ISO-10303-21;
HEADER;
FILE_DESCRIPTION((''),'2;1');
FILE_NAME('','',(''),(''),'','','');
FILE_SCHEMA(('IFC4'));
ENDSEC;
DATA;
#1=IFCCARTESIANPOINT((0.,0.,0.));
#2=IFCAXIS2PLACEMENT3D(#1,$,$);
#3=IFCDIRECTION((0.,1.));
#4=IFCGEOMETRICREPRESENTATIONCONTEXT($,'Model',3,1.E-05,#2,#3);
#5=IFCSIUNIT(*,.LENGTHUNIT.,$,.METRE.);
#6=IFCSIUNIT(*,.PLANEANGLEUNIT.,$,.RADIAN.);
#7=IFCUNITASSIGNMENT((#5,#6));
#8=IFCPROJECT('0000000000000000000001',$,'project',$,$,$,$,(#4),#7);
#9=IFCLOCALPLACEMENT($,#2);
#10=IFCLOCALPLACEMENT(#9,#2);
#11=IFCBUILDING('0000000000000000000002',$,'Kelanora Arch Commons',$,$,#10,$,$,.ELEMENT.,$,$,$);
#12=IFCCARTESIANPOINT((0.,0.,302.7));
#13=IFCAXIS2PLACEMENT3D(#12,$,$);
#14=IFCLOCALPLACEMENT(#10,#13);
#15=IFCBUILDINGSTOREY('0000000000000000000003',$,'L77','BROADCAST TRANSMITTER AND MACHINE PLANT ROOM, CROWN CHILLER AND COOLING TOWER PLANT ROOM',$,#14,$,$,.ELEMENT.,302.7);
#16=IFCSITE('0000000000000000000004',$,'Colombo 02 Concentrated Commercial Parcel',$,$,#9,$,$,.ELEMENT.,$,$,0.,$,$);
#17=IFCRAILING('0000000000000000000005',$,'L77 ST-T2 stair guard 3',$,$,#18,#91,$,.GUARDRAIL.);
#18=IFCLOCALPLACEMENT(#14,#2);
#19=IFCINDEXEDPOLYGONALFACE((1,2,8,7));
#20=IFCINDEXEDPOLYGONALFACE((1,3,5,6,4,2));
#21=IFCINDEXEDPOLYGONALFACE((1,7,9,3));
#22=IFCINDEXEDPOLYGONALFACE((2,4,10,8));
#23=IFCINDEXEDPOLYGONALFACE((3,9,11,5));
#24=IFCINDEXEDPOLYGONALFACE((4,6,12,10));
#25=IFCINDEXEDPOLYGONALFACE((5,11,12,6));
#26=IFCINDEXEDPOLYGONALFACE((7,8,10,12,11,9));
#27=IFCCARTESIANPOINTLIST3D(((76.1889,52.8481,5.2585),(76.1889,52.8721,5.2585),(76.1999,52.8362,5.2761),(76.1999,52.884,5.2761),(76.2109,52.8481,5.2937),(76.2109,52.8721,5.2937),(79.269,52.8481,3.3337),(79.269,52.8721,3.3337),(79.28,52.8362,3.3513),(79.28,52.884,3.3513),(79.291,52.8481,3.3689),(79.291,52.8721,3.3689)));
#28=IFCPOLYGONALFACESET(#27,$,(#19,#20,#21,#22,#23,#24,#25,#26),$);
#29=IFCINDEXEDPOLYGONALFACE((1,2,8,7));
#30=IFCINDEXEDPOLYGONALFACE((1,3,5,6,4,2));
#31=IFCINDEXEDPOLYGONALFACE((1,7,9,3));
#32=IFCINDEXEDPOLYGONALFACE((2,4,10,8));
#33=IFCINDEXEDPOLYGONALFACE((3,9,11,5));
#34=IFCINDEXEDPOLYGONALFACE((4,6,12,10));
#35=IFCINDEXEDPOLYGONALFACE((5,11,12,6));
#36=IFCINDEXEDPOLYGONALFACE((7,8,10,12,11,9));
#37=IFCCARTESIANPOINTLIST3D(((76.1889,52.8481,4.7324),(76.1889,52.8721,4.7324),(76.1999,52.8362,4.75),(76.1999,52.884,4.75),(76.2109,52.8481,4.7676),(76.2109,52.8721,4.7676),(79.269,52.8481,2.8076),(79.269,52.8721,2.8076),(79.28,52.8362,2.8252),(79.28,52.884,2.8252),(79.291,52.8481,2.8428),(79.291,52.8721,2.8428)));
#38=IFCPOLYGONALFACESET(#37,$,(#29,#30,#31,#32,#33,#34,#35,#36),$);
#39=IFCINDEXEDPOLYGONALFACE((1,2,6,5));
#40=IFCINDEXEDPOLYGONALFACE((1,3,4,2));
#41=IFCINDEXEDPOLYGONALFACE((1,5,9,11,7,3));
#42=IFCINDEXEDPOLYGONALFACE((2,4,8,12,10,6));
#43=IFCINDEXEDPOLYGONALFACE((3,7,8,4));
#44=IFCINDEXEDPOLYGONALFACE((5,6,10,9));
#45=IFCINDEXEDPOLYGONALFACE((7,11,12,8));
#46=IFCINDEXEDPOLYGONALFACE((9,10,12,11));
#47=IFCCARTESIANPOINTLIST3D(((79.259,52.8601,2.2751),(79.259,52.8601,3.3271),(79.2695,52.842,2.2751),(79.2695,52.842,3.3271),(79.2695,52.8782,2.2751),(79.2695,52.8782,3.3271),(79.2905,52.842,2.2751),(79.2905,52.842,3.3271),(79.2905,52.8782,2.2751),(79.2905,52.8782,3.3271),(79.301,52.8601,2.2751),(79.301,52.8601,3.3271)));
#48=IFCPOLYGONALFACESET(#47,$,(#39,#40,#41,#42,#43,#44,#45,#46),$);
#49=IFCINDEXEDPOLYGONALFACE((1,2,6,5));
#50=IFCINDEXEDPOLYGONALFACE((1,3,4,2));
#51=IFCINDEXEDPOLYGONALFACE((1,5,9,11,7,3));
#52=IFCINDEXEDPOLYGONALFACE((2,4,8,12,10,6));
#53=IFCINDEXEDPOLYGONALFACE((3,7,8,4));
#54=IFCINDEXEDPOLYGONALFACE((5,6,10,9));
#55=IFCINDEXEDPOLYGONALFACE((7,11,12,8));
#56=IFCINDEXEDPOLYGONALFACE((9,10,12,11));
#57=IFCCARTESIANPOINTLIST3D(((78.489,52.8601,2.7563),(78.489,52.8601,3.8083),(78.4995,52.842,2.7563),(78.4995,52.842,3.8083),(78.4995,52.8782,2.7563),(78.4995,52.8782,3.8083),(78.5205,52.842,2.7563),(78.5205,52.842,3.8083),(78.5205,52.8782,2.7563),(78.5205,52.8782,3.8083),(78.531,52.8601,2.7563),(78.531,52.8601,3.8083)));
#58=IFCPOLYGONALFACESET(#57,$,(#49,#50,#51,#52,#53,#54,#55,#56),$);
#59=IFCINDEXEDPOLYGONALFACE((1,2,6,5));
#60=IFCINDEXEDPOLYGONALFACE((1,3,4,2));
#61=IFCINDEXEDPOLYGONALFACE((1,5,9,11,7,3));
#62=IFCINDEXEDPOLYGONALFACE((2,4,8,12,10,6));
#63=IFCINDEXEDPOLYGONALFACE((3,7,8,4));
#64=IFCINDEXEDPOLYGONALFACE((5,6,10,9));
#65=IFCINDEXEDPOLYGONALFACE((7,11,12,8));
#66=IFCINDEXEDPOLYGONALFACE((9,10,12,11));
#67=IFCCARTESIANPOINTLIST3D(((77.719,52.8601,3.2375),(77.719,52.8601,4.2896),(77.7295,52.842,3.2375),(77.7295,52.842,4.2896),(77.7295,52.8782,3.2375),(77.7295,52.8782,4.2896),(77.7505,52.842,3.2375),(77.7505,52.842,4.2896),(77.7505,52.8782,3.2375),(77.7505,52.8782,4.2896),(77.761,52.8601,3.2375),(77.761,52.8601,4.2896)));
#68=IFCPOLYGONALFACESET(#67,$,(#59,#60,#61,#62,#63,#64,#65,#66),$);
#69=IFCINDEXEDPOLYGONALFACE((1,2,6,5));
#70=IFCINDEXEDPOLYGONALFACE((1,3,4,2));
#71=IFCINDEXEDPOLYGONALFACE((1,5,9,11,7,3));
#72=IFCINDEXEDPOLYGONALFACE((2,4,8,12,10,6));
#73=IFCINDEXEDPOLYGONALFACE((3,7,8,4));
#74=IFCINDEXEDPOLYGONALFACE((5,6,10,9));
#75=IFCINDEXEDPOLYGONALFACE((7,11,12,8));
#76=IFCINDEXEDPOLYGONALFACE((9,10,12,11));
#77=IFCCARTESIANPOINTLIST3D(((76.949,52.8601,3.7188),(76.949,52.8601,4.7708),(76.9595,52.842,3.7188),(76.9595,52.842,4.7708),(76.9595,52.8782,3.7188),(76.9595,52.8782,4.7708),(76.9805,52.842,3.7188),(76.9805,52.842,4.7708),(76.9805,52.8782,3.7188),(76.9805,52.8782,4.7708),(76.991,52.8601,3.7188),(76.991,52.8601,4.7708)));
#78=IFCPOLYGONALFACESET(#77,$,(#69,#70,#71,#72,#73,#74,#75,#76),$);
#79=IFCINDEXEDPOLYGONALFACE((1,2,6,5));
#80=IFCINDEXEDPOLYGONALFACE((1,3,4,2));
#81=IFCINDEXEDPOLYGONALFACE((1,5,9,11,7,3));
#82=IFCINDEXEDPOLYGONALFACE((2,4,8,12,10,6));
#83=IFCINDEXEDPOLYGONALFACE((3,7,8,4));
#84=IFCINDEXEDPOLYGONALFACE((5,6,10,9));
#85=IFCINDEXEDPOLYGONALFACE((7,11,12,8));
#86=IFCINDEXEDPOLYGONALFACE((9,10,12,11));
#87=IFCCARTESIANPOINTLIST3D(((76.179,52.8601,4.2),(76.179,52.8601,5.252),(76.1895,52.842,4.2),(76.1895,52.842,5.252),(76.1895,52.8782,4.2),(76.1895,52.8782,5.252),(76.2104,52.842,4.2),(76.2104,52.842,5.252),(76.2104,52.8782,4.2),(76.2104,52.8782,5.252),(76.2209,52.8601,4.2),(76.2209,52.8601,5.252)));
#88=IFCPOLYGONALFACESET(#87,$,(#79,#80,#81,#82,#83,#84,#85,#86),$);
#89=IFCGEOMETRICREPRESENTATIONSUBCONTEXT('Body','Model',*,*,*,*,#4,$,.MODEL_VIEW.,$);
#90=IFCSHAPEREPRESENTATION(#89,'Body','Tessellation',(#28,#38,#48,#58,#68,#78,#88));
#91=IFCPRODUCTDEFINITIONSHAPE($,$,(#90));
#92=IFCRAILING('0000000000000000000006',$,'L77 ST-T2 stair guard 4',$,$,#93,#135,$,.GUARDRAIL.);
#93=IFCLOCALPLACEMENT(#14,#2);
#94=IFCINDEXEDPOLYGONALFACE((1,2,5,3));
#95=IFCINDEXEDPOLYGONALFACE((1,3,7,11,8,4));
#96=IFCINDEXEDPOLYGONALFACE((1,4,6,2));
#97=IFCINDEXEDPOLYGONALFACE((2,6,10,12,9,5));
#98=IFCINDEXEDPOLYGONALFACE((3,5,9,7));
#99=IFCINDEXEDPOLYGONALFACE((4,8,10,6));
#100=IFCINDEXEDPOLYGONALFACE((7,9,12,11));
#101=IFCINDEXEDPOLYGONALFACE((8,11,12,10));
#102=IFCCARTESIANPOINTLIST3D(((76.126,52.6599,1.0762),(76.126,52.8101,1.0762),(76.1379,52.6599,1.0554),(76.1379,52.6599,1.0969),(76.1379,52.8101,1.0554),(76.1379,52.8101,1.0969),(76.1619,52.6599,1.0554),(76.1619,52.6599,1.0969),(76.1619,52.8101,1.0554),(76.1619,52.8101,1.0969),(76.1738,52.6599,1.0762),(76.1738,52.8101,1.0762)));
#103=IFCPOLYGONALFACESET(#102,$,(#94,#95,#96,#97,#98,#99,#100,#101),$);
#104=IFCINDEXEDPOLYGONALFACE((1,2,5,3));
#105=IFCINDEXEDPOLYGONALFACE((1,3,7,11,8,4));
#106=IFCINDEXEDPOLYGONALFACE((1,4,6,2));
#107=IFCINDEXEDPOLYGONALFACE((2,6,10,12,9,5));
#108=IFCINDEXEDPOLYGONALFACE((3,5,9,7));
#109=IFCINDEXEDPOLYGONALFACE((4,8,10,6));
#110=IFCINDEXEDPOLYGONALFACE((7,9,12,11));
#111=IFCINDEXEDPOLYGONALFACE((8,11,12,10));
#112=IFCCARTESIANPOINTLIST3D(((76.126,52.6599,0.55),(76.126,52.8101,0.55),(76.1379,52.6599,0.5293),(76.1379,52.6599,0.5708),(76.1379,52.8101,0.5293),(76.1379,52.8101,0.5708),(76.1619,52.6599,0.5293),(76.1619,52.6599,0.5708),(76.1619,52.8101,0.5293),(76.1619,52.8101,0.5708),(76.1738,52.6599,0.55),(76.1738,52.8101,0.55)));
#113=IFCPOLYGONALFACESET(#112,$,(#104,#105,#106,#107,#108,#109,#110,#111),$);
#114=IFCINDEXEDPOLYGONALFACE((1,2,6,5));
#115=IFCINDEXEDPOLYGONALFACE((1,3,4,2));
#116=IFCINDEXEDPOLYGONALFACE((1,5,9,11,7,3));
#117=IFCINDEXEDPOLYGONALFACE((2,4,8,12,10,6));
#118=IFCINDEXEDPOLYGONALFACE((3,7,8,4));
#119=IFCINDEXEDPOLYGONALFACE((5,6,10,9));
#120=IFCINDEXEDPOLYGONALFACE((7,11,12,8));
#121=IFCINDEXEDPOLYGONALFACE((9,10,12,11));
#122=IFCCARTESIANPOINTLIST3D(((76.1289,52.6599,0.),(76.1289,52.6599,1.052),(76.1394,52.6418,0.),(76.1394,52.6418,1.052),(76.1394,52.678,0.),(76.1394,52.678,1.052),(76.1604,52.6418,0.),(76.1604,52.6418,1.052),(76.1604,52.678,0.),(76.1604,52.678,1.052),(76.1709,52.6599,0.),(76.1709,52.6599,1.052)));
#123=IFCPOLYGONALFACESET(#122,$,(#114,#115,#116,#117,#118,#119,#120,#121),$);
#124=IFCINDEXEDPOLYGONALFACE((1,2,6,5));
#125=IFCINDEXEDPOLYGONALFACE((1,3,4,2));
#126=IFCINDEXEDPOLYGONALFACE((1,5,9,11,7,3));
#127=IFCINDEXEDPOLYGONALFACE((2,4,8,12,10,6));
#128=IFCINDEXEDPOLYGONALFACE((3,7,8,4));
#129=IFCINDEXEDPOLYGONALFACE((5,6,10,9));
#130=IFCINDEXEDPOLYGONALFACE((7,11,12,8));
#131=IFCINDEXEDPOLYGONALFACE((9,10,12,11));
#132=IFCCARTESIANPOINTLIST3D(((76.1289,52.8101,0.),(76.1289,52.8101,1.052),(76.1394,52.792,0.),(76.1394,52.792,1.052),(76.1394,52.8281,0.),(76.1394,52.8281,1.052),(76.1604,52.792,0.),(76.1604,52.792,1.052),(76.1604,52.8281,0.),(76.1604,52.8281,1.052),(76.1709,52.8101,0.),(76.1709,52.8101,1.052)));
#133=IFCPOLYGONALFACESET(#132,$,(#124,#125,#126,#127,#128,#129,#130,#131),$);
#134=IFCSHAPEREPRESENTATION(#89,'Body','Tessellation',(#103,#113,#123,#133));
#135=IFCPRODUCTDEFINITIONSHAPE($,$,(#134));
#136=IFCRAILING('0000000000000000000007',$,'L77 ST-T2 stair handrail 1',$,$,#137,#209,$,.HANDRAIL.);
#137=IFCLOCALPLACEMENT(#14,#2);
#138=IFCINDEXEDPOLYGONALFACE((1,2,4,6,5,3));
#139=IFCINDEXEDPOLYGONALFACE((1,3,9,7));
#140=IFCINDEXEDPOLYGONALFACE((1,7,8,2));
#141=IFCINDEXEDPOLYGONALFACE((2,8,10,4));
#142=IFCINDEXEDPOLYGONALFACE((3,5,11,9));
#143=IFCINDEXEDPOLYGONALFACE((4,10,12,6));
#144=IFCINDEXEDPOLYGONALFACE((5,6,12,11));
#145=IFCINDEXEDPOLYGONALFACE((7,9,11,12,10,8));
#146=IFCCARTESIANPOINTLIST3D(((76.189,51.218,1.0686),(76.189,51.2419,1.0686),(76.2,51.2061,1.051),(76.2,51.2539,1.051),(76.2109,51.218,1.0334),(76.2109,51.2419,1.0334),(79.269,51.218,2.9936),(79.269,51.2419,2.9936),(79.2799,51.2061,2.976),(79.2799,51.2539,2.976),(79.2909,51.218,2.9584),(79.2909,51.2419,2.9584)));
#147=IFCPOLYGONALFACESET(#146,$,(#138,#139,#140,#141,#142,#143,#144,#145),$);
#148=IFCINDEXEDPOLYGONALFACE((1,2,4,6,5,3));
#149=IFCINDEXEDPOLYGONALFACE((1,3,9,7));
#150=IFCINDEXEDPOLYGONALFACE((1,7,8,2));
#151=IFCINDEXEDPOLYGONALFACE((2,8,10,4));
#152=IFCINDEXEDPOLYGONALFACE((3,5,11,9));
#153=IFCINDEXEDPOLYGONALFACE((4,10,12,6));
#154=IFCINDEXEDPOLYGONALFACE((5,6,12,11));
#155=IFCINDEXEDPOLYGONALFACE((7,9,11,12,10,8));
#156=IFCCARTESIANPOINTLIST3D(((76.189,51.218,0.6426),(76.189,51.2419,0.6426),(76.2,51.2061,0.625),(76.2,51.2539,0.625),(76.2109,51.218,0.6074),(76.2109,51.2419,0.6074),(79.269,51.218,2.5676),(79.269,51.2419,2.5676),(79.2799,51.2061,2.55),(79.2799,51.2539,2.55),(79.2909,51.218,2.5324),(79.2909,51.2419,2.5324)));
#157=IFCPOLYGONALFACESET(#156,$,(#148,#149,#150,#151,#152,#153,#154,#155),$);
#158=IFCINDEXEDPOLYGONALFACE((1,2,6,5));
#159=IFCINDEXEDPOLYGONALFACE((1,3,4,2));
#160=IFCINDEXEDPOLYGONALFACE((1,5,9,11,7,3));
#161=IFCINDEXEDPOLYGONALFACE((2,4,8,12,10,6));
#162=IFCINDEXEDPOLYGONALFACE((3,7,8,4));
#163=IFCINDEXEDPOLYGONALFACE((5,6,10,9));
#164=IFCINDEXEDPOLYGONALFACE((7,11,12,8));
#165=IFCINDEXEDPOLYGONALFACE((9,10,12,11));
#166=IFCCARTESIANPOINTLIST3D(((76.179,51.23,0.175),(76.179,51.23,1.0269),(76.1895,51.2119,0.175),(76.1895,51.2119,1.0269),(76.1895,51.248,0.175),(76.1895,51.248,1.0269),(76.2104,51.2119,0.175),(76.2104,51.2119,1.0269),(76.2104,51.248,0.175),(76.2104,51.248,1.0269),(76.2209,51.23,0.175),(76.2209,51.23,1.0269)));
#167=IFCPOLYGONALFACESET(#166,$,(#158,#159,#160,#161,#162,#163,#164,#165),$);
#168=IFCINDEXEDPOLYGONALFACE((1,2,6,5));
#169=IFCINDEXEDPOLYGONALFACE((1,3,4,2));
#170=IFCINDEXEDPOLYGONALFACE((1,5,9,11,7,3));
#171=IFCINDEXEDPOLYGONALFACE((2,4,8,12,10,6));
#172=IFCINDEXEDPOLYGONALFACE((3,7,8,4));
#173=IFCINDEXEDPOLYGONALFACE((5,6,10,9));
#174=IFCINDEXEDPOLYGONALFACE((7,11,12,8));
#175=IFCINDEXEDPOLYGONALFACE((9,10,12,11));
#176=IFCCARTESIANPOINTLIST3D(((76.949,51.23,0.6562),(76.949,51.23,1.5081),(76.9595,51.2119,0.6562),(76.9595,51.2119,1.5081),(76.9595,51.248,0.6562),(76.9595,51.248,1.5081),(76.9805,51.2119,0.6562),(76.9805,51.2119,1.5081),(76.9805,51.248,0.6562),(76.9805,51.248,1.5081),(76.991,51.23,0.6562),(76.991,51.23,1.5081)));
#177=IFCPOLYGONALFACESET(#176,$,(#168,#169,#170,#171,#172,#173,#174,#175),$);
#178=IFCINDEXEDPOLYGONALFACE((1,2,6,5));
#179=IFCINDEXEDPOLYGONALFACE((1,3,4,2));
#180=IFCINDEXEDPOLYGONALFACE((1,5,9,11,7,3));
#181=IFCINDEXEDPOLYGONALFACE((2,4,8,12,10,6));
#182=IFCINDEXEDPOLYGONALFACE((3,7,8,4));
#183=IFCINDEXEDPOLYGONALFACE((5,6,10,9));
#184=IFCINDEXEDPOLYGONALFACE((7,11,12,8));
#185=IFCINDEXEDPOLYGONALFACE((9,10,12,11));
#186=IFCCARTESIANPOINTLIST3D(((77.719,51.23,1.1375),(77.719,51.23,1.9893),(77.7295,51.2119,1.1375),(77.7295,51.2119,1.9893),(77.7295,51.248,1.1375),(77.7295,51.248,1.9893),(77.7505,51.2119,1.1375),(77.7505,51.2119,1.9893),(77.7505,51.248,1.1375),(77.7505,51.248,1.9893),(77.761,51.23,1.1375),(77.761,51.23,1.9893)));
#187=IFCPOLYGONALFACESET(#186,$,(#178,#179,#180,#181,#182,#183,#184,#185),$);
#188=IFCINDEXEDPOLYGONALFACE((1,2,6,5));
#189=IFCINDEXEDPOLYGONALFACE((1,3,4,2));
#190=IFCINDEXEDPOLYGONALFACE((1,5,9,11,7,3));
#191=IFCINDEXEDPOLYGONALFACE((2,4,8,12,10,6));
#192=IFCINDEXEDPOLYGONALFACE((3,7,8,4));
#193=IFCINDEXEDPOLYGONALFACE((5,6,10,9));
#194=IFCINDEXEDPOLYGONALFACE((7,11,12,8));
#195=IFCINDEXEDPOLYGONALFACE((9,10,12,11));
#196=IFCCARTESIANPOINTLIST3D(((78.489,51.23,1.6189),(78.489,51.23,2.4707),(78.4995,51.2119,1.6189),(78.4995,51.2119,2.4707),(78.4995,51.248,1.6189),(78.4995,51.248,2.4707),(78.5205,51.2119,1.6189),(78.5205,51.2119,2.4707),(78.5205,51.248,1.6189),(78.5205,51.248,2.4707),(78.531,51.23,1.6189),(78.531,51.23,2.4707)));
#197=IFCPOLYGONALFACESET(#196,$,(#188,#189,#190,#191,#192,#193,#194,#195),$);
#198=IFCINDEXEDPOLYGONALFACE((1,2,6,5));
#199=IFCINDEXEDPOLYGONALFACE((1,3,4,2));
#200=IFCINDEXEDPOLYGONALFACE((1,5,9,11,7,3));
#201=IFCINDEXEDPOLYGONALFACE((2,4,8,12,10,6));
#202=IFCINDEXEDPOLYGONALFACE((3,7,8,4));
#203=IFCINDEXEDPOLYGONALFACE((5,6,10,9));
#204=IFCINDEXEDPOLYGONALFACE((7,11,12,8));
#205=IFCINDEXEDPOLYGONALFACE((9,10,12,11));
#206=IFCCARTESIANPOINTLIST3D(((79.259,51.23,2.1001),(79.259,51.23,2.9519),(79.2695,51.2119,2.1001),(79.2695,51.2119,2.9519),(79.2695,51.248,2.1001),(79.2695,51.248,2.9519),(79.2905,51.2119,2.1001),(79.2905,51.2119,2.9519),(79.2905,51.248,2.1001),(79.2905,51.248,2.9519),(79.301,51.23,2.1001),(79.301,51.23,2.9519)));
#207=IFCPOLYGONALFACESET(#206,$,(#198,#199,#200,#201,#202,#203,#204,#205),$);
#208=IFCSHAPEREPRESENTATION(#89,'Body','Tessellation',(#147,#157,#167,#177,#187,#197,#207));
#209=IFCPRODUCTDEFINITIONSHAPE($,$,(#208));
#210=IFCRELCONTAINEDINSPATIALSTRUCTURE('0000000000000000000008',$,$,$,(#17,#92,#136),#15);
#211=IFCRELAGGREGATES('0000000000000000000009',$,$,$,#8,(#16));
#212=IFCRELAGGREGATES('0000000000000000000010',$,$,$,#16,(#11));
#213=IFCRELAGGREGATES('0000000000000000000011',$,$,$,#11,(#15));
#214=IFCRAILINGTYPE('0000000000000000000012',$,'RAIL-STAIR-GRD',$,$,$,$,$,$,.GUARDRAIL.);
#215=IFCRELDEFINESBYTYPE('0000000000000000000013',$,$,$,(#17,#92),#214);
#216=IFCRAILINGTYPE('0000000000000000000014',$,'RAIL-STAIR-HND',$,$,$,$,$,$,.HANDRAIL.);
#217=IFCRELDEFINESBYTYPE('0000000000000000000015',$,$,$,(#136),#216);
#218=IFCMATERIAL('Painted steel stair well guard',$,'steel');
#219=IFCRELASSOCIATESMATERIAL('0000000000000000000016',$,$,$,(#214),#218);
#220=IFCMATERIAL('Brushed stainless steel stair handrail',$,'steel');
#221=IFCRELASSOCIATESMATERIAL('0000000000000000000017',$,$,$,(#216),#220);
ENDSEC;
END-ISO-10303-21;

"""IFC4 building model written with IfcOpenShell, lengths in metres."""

from ifc_helpers import new_model, si_unit, direction, frame, origin, place, context, subcontext, project, spatial, polyline, outline, extrude, material, type_object, element, save


model = new_model("IFC4")

# Units and contexts
model_context = context("Model", 3, precision=1e-05, world=origin(), true_north=direction((0.0, 1.0)))
body_context = subcontext(model_context, "Body", "Model", "MODEL_VIEW")
ifc_project = project(units=[si_unit("LENGTHUNIT", "METRE"), si_unit("PLANEANGLEUNIT", "RADIAN")], contexts=[model_context])

# Site, building, storey
site_placement = place(None, origin())
site = spatial("IfcSite", under=ifc_project, at=site_placement, Name="Colombo 02 Concentrated Commercial Parcel", CompositionType="ELEMENT", RefElevation=0.0)
building_placement = place(site_placement, origin())
building = spatial("IfcBuilding", under=site, at=building_placement, Name="Kelanora Arch Commons", CompositionType="ELEMENT")
storey_placement = place(building_placement, frame((0.0, 0.0, 302.7)))
storey = spatial("IfcBuildingStorey", under=building, at=storey_placement, Name="L77", Description="BROADCAST TRANSMITTER AND MACHINE PLANT ROOM, CROWN CHILLER AND COOLING TOWER PLANT ROOM", CompositionType="ELEMENT", Elevation=302.7)

# Railings
ifc_material_1 = material(Name="Painted steel stair well guard", Category="steel")
railing_type_1 = type_object("IfcRailingType", Name="RAIL-STAIR-GRD", PredefinedType="GUARDRAIL", material=ifc_material_1)
railing_1_placement = place(storey_placement, frame((79.28, 52.8601, 2.2751)))
element("IfcRailing", 1, at=railing_1_placement, inside=storey, type_object=railing_type_1, Name="L77 ST-T2 stair guard 3", PredefinedType="GUARDRAIL", context=body_context, shape_type="SweptSolid", body=[
    extrude(outline(polyline([(0.0239, 0.0), (0.012, 0.0208), (-0.012, 0.0208), (-0.0239, 0.0), (-0.012, -0.0208), (0.012, -0.0208), (0.0239, 0.0)])), frame((0.0, 0.0, 1.0762), z_axis=(-0.848029, 0.0, 0.529951), x_axis=(0.0, -1.0, 0.0)), (0.0, 0.0, 1.0), 3.6321),
    extrude(outline(polyline([(0.0239, 0.0), (0.012, 0.0208), (-0.012, 0.0208), (-0.0239, 0.0), (-0.012, -0.0208), (0.012, -0.0208), (0.0239, 0.0)])), frame((0.0, 0.0, 0.55), z_axis=(-0.848029, 0.0, 0.529951), x_axis=(0.0, -1.0, 0.0)), (0.0, 0.0, 1.0), 3.6321),
    extrude(outline(polyline([(0.021, 0.0), (0.0105, 0.0181), (-0.0105, 0.0181), (-0.021, 0.0), (-0.0105, -0.0181), (0.0105, -0.0181), (0.021, 0.0)])), origin(), (0.0, 0.0, 1.0), 1.052),
    extrude(outline(polyline([(0.021, 0.0), (0.0105, 0.0181), (-0.0105, 0.0181), (-0.021, 0.0), (-0.0105, -0.0181), (0.0105, -0.0181), (0.021, 0.0)])), frame((-0.77, 0.0, 0.4812)), (0.0, 0.0, 1.0), 1.052),
    extrude(outline(polyline([(0.021, 0.0), (0.0105, 0.0181), (-0.0105, 0.0181), (-0.021, 0.0), (-0.0105, -0.0181), (0.0105, -0.0181), (0.021, 0.0)])), frame((-1.54, 0.0, 0.9624)), (0.0, 0.0, 1.0), 1.052),
    extrude(outline(polyline([(0.021, 0.0), (0.0105, 0.0181), (-0.0105, 0.0181), (-0.021, 0.0), (-0.0105, -0.0181), (0.0105, -0.0181), (0.021, 0.0)])), frame((-2.3101, 0.0, 1.4436)), (0.0, 0.0, 1.0), 1.052),
    extrude(outline(polyline([(0.021, 0.0), (0.0105, 0.0181), (-0.0105, 0.0181), (-0.021, 0.0), (-0.0105, -0.0181), (0.0105, -0.0181), (0.021, 0.0)])), frame((-3.0801, 0.0, 1.9248)), (0.0, 0.0, 1.0), 1.052),
])
railing_2_placement = place(storey_placement, frame((76.1499, 52.6599, 0.0)))
element("IfcRailing", 2, at=railing_2_placement, inside=storey, type_object=railing_type_1, Name="L77 ST-T2 stair guard 4", PredefinedType="GUARDRAIL", context=body_context, shape_type="SweptSolid", body=[
    extrude(outline(polyline([(0.0239, 0.0), (0.012, 0.0208), (-0.012, 0.0208), (-0.0239, 0.0), (-0.012, -0.0208), (0.012, -0.0208), (0.0239, 0.0)])), frame((0.0, 0.0, 1.0762), z_axis=(0.0, 1.0, 0.0), x_axis=(-1.0, 0.0, 0.0)), (0.0, 0.0, 1.0), 0.1501),
    extrude(outline(polyline([(0.0239, 0.0), (0.012, 0.0208), (-0.012, 0.0208), (-0.0239, 0.0), (-0.012, -0.0208), (0.012, -0.0208), (0.0239, 0.0)])), frame((0.0, 0.0, 0.55), z_axis=(0.0, 1.0, 0.0), x_axis=(-1.0, 0.0, 0.0)), (0.0, 0.0, 1.0), 0.1501),
    extrude(outline(polyline([(0.021, 0.0), (0.0105, 0.0181), (-0.0105, 0.0181), (-0.021, 0.0), (-0.0105, -0.0181), (0.0105, -0.0181), (0.021, 0.0)])), origin(), (0.0, 0.0, 1.0), 1.052),
    extrude(outline(polyline([(0.021, 0.0), (0.0105, 0.0181), (-0.0105, 0.0181), (-0.021, 0.0), (-0.0105, -0.0181), (0.0105, -0.0181), (0.021, 0.0)])), frame((0.0, 0.1501, 0.0)), (0.0, 0.0, 1.0), 1.052),
])
ifc_material_2 = material(Name="Brushed stainless steel stair handrail", Category="steel")
railing_type_2 = type_object("IfcRailingType", Name="RAIL-STAIR-HND", PredefinedType="HANDRAIL", material=ifc_material_2)
railing_3_placement = place(storey_placement, frame((76.2, 51.23, 0.175)))
element("IfcRailing", 3, at=railing_3_placement, inside=storey, type_object=railing_type_2, Name="L77 ST-T2 stair handrail 1", PredefinedType="HANDRAIL", context=body_context, shape_type="SweptSolid", body=[
    extrude(outline(polyline([(0.0239, 0.0), (0.012, 0.0208), (-0.012, 0.0208), (-0.0239, 0.0), (-0.012, -0.0208), (0.012, -0.0208), (0.0239, 0.0)])), frame((0.0, 0.0, 0.876), z_axis=(0.847998, 0.0, 0.529999), x_axis=(0.0, 1.0, 0.0)), (0.0, 0.0, 1.0), 3.6321),
    extrude(outline(polyline([(0.0239, 0.0), (0.012, 0.0208), (-0.012, 0.0208), (-0.0239, 0.0), (-0.012, -0.0208), (0.012, -0.0208), (0.0239, 0.0)])), frame((0.0, 0.0, 0.45), z_axis=(0.847998, 0.0, 0.529999), x_axis=(0.0, 1.0, 0.0)), (0.0, 0.0, 1.0), 3.6321),
    extrude(outline(polyline([(0.021, 0.0), (0.0105, 0.0181), (-0.0105, 0.0181), (-0.021, 0.0), (-0.0105, -0.0181), (0.0105, -0.0181), (0.021, 0.0)])), origin(), (0.0, 0.0, 1.0), 0.8518),
    extrude(outline(polyline([(0.021, 0.0), (0.0105, 0.0181), (-0.0105, 0.0181), (-0.021, 0.0), (-0.0105, -0.0181), (0.0105, -0.0181), (0.021, 0.0)])), frame((0.77, 0.0, 0.4812)), (0.0, 0.0, 1.0), 0.8518),
    extrude(outline(polyline([(0.021, 0.0), (0.0105, 0.0181), (-0.0105, 0.0181), (-0.021, 0.0), (-0.0105, -0.0181), (0.0105, -0.0181), (0.021, 0.0)])), frame((1.54, 0.0, 0.9624)), (0.0, 0.0, 1.0), 0.8518),
    extrude(outline(polyline([(0.021, 0.0), (0.0105, 0.0181), (-0.0105, 0.0181), (-0.021, 0.0), (-0.0105, -0.0181), (0.0105, -0.0181), (0.021, 0.0)])), frame((2.3101, 0.0, 1.4438)), (0.0, 0.0, 1.0), 0.8518),
    extrude(outline(polyline([(0.021, 0.0), (0.0105, 0.0181), (-0.0105, 0.0181), (-0.021, 0.0), (-0.0105, -0.0181), (0.0105, -0.0181), (0.021, 0.0)])), frame((3.0801, 0.0, 1.925)), (0.0, 0.0, 1.0), 0.8518),
])

save(model, "model.ifc")
